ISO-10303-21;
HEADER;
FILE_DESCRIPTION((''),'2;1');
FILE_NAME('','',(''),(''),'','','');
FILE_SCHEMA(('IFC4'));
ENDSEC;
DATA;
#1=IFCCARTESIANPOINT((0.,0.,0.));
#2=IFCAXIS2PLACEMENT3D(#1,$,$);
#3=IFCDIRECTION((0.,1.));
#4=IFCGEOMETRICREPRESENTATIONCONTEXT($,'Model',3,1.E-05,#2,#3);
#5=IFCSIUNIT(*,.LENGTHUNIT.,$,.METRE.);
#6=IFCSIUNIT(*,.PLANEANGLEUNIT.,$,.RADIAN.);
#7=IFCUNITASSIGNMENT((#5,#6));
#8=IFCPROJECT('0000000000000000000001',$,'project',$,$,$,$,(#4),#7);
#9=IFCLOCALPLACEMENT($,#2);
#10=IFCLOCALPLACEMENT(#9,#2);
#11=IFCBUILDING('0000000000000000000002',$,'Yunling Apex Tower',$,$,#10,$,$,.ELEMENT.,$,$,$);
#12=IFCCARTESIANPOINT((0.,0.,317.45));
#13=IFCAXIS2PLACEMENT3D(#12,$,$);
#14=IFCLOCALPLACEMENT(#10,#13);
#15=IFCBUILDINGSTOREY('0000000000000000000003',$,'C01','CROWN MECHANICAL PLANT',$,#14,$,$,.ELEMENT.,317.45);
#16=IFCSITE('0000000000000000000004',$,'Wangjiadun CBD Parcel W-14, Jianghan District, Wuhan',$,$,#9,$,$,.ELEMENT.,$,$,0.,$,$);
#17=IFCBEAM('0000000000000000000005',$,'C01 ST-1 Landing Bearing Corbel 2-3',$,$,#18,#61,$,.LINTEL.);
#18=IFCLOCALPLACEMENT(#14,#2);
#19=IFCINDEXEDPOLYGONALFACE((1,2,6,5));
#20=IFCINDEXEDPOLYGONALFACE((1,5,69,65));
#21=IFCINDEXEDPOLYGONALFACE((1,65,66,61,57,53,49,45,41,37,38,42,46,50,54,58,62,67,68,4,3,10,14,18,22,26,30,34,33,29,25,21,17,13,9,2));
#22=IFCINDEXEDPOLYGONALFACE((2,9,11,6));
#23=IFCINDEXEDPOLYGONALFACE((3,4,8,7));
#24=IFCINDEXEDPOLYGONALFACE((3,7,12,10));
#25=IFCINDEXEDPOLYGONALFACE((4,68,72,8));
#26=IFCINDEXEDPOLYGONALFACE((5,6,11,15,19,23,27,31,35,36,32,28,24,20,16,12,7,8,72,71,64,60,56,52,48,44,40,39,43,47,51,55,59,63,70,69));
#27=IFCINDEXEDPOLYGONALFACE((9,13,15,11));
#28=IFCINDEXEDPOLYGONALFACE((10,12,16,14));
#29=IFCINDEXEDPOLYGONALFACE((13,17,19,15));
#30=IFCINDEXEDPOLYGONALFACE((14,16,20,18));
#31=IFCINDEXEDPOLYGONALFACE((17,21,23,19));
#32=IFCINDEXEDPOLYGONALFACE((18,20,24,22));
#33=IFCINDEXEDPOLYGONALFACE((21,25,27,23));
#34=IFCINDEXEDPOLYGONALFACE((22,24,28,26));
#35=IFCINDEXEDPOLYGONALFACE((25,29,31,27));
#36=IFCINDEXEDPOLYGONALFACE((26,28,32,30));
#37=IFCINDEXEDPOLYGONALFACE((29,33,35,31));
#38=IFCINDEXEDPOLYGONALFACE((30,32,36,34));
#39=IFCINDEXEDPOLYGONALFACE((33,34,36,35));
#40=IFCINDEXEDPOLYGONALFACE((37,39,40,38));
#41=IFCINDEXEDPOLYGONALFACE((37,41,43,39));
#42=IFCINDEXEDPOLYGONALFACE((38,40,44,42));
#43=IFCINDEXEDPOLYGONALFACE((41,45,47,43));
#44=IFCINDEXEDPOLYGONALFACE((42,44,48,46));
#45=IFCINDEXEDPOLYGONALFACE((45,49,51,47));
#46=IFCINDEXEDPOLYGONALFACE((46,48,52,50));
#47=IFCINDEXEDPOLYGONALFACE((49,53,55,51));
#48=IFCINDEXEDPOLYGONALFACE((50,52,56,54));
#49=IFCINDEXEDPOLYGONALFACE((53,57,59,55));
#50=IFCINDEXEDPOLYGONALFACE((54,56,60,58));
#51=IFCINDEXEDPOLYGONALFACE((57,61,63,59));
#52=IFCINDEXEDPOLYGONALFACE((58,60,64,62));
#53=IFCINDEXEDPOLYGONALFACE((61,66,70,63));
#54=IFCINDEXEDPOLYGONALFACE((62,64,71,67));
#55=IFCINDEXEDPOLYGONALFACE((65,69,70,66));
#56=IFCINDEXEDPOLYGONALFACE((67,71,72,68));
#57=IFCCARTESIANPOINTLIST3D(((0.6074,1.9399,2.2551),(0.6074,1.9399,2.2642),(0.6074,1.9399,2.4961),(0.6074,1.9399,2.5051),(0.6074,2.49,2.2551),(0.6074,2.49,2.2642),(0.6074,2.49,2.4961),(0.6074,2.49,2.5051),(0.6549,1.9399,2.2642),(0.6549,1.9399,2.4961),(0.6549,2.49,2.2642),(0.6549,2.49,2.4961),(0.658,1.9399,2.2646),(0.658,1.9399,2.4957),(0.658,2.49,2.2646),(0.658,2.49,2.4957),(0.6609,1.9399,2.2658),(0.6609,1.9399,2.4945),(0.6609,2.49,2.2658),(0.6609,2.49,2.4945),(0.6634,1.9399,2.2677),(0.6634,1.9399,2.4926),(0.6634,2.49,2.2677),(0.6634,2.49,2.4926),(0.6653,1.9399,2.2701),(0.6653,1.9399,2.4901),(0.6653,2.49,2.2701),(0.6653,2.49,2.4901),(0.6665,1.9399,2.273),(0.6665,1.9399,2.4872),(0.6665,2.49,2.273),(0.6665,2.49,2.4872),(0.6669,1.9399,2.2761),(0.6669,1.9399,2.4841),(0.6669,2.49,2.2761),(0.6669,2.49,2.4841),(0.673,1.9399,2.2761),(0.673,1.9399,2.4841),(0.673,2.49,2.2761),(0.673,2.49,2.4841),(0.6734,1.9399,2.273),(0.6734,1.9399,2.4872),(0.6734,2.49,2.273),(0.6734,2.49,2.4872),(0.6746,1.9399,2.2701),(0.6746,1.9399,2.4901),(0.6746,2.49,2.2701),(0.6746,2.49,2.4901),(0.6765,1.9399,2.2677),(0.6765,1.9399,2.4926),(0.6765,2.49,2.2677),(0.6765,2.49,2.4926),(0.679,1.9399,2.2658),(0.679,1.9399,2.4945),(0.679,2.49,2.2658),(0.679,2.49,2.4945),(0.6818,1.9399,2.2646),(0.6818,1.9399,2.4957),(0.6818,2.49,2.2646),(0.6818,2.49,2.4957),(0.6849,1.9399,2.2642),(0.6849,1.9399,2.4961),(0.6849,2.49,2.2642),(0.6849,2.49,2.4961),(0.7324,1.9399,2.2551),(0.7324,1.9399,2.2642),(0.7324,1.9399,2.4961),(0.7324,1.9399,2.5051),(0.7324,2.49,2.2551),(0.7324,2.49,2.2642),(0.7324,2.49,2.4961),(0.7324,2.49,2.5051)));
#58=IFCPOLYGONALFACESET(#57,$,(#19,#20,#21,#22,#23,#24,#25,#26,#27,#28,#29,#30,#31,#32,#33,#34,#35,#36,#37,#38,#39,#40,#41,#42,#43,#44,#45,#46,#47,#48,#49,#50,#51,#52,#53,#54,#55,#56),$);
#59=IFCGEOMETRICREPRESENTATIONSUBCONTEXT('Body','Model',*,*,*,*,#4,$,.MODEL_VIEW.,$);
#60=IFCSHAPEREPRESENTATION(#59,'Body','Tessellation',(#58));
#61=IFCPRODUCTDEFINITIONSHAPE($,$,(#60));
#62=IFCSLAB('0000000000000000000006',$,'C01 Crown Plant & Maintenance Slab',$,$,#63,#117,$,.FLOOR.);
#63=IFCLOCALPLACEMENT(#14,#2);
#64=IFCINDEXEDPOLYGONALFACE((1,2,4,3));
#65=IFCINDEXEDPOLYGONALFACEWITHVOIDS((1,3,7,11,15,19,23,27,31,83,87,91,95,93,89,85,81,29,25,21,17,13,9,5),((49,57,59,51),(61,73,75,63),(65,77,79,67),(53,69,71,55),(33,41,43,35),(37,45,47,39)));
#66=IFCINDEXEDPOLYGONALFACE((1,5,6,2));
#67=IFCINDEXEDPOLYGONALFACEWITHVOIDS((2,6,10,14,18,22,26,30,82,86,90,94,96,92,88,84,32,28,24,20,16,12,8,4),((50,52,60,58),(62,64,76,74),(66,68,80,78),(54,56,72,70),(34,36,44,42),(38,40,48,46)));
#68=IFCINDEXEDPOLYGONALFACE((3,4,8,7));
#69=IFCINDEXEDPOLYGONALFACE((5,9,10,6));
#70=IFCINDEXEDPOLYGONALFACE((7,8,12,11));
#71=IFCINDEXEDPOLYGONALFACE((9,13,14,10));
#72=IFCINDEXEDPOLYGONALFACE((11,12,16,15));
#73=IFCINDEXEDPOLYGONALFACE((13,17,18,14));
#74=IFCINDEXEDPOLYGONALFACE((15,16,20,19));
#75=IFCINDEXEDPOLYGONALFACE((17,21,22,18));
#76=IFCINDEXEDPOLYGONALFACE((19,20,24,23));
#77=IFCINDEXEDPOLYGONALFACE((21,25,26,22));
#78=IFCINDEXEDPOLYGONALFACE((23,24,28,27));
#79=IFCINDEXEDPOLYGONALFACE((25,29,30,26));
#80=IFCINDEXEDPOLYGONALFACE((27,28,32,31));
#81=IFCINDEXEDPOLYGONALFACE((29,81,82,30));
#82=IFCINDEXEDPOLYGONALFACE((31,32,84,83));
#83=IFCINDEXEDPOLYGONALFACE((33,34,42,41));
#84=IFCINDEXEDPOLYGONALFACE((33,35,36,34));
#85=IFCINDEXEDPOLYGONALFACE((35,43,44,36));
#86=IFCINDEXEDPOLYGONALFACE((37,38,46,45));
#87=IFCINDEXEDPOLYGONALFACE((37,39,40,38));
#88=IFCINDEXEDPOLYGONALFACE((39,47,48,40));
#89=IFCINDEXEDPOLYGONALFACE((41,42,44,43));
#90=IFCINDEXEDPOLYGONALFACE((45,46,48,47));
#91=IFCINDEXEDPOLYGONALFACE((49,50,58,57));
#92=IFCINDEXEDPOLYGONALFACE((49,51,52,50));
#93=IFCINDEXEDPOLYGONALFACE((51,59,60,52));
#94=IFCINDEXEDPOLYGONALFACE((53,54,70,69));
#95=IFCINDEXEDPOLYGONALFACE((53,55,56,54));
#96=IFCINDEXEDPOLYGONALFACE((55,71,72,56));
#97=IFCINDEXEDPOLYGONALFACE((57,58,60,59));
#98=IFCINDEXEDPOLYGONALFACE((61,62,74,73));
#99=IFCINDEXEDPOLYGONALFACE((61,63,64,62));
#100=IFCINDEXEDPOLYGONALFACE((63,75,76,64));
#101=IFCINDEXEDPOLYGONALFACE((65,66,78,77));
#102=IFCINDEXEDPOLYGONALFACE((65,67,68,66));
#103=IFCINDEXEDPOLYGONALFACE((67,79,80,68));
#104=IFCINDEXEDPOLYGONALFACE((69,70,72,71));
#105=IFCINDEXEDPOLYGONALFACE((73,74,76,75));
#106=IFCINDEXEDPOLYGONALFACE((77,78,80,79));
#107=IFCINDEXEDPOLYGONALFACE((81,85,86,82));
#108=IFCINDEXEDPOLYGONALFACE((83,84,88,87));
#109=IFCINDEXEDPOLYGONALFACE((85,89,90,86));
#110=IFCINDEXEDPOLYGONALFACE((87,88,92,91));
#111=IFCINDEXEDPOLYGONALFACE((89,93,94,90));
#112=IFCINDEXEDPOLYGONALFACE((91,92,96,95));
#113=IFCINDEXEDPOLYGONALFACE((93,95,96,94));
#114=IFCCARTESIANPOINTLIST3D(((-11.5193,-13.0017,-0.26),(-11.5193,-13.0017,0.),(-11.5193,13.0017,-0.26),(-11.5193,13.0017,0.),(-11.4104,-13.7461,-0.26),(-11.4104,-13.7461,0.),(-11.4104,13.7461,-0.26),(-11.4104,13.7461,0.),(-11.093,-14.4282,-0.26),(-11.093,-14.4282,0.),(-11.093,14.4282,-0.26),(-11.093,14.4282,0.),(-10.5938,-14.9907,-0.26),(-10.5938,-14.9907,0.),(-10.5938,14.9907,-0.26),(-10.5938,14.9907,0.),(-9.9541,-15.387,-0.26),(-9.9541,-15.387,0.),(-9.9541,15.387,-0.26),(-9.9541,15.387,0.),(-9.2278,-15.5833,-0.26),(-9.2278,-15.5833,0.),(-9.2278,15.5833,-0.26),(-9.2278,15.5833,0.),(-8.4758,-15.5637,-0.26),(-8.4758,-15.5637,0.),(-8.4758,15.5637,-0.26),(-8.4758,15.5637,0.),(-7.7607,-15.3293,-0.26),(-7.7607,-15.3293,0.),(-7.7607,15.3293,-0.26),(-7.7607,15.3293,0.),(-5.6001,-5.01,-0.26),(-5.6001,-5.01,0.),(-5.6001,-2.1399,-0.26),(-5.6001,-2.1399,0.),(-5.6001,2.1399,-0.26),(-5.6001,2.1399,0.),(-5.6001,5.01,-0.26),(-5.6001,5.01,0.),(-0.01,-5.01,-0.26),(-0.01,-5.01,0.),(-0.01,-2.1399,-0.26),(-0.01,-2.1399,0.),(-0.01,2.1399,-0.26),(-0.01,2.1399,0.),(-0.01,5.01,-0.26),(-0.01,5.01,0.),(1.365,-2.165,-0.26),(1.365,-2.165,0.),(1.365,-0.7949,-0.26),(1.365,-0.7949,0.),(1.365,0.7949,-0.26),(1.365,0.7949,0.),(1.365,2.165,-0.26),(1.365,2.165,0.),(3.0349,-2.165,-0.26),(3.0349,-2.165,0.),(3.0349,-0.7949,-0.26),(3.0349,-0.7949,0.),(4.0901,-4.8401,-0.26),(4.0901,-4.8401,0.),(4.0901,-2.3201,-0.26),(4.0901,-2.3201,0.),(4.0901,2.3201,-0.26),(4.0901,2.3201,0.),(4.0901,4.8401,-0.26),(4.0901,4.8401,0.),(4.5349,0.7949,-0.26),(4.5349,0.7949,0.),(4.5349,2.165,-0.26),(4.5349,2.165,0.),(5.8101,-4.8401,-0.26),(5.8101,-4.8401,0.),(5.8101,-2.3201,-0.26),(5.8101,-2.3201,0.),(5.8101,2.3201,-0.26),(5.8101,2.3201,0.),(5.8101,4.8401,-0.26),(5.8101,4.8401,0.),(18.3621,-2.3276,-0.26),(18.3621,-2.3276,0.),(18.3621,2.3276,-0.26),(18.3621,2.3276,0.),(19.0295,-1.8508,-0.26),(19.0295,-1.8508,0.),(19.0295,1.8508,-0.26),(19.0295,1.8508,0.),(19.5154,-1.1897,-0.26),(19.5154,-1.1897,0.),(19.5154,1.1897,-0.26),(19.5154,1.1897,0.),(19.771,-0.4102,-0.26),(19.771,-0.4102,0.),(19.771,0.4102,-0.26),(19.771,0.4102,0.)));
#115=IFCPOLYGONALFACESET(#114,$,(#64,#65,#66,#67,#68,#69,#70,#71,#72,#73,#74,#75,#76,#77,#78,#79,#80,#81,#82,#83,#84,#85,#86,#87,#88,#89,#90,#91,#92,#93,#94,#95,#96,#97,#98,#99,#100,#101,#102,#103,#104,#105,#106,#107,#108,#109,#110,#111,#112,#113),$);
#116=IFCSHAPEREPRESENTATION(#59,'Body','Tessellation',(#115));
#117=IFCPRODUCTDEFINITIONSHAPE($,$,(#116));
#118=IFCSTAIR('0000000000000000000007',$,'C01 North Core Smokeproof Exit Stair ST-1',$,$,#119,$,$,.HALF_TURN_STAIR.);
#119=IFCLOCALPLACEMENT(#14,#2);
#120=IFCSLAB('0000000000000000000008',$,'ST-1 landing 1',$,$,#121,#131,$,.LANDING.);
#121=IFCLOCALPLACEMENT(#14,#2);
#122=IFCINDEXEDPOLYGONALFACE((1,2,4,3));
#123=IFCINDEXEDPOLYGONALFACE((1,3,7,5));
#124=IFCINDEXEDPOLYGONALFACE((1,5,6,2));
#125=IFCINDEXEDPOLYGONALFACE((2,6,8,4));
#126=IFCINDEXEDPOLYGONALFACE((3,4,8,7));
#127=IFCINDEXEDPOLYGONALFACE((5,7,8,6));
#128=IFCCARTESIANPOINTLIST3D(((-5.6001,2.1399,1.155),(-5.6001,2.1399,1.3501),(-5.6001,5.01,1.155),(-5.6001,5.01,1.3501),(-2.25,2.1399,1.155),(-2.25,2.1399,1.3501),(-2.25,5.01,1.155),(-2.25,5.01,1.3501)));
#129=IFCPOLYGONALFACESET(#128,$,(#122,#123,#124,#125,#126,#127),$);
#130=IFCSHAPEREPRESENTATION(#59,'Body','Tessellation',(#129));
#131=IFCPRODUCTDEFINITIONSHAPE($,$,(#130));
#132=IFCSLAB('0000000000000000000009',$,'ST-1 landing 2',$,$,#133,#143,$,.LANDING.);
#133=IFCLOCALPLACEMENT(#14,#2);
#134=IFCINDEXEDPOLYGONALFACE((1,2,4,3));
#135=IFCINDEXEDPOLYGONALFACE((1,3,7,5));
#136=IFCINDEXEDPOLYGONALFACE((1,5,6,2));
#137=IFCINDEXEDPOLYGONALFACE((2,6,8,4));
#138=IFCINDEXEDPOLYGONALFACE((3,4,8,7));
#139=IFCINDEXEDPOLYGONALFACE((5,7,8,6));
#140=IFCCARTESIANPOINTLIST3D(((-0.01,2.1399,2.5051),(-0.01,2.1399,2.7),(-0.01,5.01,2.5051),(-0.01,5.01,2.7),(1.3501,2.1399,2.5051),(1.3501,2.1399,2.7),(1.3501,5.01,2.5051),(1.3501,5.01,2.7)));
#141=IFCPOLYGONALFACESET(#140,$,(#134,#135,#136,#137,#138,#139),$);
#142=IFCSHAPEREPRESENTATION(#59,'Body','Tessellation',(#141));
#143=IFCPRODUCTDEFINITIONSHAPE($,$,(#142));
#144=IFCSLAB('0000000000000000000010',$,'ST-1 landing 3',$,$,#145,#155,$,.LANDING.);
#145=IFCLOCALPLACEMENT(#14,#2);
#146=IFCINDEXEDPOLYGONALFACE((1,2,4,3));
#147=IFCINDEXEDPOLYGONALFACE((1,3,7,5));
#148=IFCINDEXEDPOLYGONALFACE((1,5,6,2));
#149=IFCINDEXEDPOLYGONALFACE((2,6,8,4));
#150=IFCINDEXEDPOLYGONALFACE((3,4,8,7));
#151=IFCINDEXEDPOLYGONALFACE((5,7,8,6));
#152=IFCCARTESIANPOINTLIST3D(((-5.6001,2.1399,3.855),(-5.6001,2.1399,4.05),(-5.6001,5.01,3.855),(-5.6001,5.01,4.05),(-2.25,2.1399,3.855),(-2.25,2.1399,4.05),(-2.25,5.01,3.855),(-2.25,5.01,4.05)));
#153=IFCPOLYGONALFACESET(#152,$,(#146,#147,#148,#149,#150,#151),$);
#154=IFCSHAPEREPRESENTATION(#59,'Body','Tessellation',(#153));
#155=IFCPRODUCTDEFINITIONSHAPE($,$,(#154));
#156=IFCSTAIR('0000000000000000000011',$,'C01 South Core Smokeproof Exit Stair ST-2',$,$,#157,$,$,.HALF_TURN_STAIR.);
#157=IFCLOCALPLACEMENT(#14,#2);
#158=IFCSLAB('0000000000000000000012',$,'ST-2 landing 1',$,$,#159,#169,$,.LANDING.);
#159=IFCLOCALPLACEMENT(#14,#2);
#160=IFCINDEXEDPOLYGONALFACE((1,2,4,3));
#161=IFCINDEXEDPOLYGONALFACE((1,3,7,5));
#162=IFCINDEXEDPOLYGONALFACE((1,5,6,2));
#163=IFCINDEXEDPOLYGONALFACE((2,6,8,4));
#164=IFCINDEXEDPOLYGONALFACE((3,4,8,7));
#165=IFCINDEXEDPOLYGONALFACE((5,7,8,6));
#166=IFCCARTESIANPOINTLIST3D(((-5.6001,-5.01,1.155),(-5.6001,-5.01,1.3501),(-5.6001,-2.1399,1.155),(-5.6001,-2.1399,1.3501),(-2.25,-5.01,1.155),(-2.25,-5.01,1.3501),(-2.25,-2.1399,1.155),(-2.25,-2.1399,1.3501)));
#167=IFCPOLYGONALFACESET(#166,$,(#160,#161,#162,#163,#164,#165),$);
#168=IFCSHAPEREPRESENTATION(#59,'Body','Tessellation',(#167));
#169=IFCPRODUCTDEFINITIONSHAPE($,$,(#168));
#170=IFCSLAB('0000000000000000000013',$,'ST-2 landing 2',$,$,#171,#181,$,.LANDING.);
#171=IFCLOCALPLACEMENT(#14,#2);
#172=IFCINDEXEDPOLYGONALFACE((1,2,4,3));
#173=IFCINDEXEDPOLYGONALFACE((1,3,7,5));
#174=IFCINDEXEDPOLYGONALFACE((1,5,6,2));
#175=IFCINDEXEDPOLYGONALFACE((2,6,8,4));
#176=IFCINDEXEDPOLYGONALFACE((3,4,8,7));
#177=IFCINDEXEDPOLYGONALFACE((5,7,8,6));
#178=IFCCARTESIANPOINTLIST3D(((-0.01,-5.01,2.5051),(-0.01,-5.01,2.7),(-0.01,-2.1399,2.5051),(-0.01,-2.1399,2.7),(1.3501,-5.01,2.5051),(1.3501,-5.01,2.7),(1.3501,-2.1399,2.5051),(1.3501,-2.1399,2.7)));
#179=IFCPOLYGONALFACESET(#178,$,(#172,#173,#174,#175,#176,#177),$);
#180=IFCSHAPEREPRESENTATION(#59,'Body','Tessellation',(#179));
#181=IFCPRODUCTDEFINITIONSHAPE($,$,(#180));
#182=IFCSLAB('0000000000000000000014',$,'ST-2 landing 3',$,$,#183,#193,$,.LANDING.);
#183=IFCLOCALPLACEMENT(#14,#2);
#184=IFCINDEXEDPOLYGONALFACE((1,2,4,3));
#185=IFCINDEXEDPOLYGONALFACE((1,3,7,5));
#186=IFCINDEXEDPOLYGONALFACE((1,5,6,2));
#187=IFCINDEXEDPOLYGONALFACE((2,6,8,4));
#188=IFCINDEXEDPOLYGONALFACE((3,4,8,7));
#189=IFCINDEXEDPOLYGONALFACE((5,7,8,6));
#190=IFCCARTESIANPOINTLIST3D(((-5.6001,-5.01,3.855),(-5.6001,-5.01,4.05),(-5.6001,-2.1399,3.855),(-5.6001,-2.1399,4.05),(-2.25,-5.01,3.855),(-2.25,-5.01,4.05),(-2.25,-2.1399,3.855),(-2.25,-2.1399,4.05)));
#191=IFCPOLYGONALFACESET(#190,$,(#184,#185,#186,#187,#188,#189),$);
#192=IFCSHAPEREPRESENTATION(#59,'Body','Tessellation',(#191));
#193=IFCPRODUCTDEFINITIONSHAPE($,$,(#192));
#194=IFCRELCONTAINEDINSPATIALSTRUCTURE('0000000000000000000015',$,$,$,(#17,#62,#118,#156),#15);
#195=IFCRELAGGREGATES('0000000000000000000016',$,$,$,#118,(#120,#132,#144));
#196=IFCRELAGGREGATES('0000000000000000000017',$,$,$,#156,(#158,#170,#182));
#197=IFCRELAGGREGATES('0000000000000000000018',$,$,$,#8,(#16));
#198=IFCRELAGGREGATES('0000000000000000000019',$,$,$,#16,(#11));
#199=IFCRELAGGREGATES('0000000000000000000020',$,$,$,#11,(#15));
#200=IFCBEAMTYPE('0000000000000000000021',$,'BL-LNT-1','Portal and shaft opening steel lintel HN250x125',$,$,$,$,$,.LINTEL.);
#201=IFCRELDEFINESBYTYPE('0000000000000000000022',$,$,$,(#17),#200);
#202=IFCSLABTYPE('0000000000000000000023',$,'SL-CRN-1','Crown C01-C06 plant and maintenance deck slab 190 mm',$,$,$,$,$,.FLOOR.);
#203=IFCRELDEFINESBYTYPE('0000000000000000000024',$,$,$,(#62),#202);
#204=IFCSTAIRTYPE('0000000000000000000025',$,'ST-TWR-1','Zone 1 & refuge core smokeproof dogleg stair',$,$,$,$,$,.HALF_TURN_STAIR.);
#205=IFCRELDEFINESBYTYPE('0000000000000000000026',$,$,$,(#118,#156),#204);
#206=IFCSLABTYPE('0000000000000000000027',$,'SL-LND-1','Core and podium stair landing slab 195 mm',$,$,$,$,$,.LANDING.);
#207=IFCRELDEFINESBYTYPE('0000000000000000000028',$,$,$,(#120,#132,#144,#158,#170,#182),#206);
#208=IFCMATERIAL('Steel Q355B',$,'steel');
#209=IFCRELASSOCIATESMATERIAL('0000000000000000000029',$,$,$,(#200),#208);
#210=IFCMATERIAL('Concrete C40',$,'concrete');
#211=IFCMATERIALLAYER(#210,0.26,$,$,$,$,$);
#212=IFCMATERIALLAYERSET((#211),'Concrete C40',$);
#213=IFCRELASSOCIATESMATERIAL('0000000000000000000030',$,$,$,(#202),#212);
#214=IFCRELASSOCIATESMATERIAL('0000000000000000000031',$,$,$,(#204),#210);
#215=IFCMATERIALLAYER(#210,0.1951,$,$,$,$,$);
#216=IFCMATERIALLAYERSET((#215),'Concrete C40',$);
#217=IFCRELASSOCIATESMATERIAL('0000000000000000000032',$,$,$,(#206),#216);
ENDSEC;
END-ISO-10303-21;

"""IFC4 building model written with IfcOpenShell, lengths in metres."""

from ifc_helpers import new_model, si_unit, direction, frame, origin, origin_2d, place, context, subcontext, project, spatial, polyline, i_section, outline, extrude, source, transform, mapped, material, layer, layer_set, material_profile, profile_set, type_object, element, aggregate, save


model = new_model("IFC4")

# Units and contexts
model_context = context("Model", 3, precision=1e-05, world=origin(), true_north=direction((0.0, 1.0)))
body_context = subcontext(model_context, "Body", "Model", "MODEL_VIEW")
ifc_project = project(units=[si_unit("LENGTHUNIT", "METRE"), si_unit("PLANEANGLEUNIT", "RADIAN")], contexts=[model_context])

# Site, building, storey
site_placement = place(None, origin())
site = spatial("IfcSite", under=ifc_project, at=site_placement, Name="Wangjiadun CBD Parcel W-14, Jianghan District, Wuhan", CompositionType="ELEMENT", RefElevation=0.0)
building_placement = place(site_placement, origin())
building = spatial("IfcBuilding", under=site, at=building_placement, Name="Yunling Apex Tower", CompositionType="ELEMENT")
storey_placement = place(building_placement, frame((0.0, 0.0, 317.45)))
storey = spatial("IfcBuildingStorey", under=building, at=storey_placement, Name="C01", Description="CROWN MECHANICAL PLANT", CompositionType="ELEMENT", Elevation=317.45)

# Beam
ifc_material_1 = material(Name="Steel Q355B", Category="steel")
ifc_material_profile = material_profile(ifc_material_1, i_section(OverallWidth=0.125, OverallDepth=0.25, WebThickness=0.0061, FlangeThickness=0.009, FilletRadius=0.012, at=origin_2d()))
ifc_profile_set = profile_set([ifc_material_profile], Name="Steel Q355B")
beam_type = type_object("IfcBeamType", Name="BL-LNT-1", Description="Portal and shaft opening steel lintel HN250x125", PredefinedType="LINTEL", material=ifc_profile_set)
shared_shape = source(origin(), body_context, "Body", "SweptSolid", [
    extrude(i_section(OverallWidth=0.125, OverallDepth=0.25, WebThickness=0.0061, FlangeThickness=0.009, FilletRadius=0.012, at=origin_2d()), origin(), (0.0, 0.0, 1.0), 0.55),
])
beam_placement = place(storey_placement, frame((0.6699, 1.9399, 2.3801), z_axis=(0.0, 1.0, 0.0), x_axis=(-1.0, 0.0, 0.0)))
element("IfcBeam", 1, at=beam_placement, inside=storey, type_object=beam_type, Name="C01 ST-1 Landing Bearing Corbel 2-3", PredefinedType="LINTEL", context=body_context, shape_type="MappedRepresentation", body=[
    mapped(shared_shape, transform((0.0, 0.0, 0.0), scale=1.0)),
])

# Slab
ifc_material_2 = material(Name="Concrete C40", Category="concrete")
ifc_layer_1 = layer(ifc_material_2, 0.26)
ifc_layer_set_1 = layer_set([ifc_layer_1], Name="Concrete C40")
slab_type_1 = type_object("IfcSlabType", Name="SL-CRN-1", Description="Crown C01-C06 plant and maintenance deck slab 190 mm", PredefinedType="FLOOR", material=ifc_layer_set_1)
slab_1_placement = place(storey_placement, frame((0.0, 0.0, -0.26)))
element("IfcSlab", 2, at=slab_1_placement, inside=storey, type_object=slab_type_1, Name="C01 Crown Plant & Maintenance Slab", PredefinedType="FLOOR", context=body_context, shape_type="SweptSolid", body=[
    extrude(outline(polyline([(-11.5193, -13.0017), (-11.4104, -13.7461), (-11.093, -14.4282), (-10.5938, -14.9907), (-9.9541, -15.387), (-9.2278, -15.5833), (-8.4758, -15.5637), (-7.7607, -15.3293), (18.3621, -2.3276), (19.0295, -1.8508), (19.5154, -1.1897), (19.771, -0.4102), (19.771, 0.4102), (19.5154, 1.1897), (19.0295, 1.8508), (18.3621, 2.3276), (-7.7607, 15.3293), (-8.4758, 15.5637), (-9.2278, 15.5833), (-9.9541, 15.387), (-10.5938, 14.9907), (-11.093, 14.4282), (-11.4104, 13.7461), (-11.5193, 13.0017), (-11.5193, -13.0017)]), holes=[polyline([(4.0901, 4.8401), (5.8101, 4.8401), (5.8101, 2.3201), (4.0901, 2.3201), (4.0901, 4.8401)]), polyline([(4.0901, -4.8401), (4.0901, -2.3201), (5.8101, -2.3201), (5.8101, -4.8401), (4.0901, -4.8401)]), polyline([(4.5349, 0.7949), (1.365, 0.7949), (1.365, 2.165), (4.5349, 2.165), (4.5349, 0.7949)]), polyline([(1.365, -0.7949), (3.0349, -0.7949), (3.0349, -2.165), (1.365, -2.165), (1.365, -0.7949)]), polyline([(-0.01, -5.01), (-5.6001, -5.01), (-5.6001, -2.1399), (-0.01, -2.1399), (-0.01, -5.01)]), polyline([(-0.01, 2.1399), (-5.6001, 2.1399), (-5.6001, 5.01), (-0.01, 5.01), (-0.01, 2.1399)])]), origin(), (0.0, 0.0, 1.0), 0.26),
])

# Stairs, slabs
stair_type = type_object("IfcStairType", Name="ST-TWR-1", Description="Zone 1 & refuge core smokeproof dogleg stair", PredefinedType="HALF_TURN_STAIR", material=ifc_material_2)
stair_1_placement = place(storey_placement, origin())
stair_1 = element("IfcStair", 3, at=stair_1_placement, inside=storey, type_object=stair_type, Name="C01 North Core Smokeproof Exit Stair ST-1", PredefinedType="HALF_TURN_STAIR")
ifc_layer_2 = layer(ifc_material_2, 0.1951)
ifc_layer_set_2 = layer_set([ifc_layer_2], Name="Concrete C40")
slab_type_2 = type_object("IfcSlabType", Name="SL-LND-1", Description="Core and podium stair landing slab 195 mm", PredefinedType="LANDING", material=ifc_layer_set_2)
slab_2_placement = place(storey_placement, frame((0.0, 0.0, 1.155)))
slab_2 = element("IfcSlab", 4, at=slab_2_placement, type_object=slab_type_2, Name="ST-1 landing 1", PredefinedType="LANDING", context=body_context, shape_type="SweptSolid", body=[
    extrude(outline(polyline([(-2.25, 5.01), (-5.6001, 5.01), (-5.6001, 2.1399), (-2.25, 2.1399), (-2.25, 5.01)])), origin(), (0.0, 0.0, 1.0), 0.1951),
])
slab_3_placement = place(storey_placement, frame((0.0, 0.0, 2.5051)))
slab_3 = element("IfcSlab", 5, at=slab_3_placement, type_object=slab_type_2, Name="ST-1 landing 2", PredefinedType="LANDING", context=body_context, shape_type="SweptSolid", body=[
    extrude(outline(polyline([(1.3501, 5.01), (-0.01, 5.01), (-0.01, 2.1399), (1.3501, 2.1399), (1.3501, 5.01)])), origin(), (0.0, 0.0, 1.0), 0.1948),
])
slab_4_placement = place(storey_placement, frame((0.0, 0.0, 3.855)))
slab_4 = element("IfcSlab", 6, at=slab_4_placement, type_object=slab_type_2, Name="ST-1 landing 3", PredefinedType="LANDING", context=body_context, shape_type="SweptSolid", body=[
    extrude(outline(polyline([(-2.25, 5.01), (-5.6001, 5.01), (-5.6001, 2.1399), (-2.25, 2.1399), (-2.25, 5.01)])), origin(), (0.0, 0.0, 1.0), 0.1951),
])
aggregate(stair_1, [slab_2, slab_3, slab_4])
stair_2_placement = place(storey_placement, origin())
stair_2 = element("IfcStair", 7, at=stair_2_placement, inside=storey, type_object=stair_type, Name="C01 South Core Smokeproof Exit Stair ST-2", PredefinedType="HALF_TURN_STAIR")
slab_5_placement = place(storey_placement, frame((0.0, 0.0, 1.155)))
slab_5 = element("IfcSlab", 8, at=slab_5_placement, type_object=slab_type_2, Name="ST-2 landing 1", PredefinedType="LANDING", context=body_context, shape_type="SweptSolid", body=[
    extrude(outline(polyline([(-2.25, -2.1399), (-5.6001, -2.1399), (-5.6001, -5.01), (-2.25, -5.01), (-2.25, -2.1399)])), origin(), (0.0, 0.0, 1.0), 0.1951),
])
slab_6_placement = place(storey_placement, frame((0.0, 0.0, 2.5051)))
slab_6 = element("IfcSlab", 9, at=slab_6_placement, type_object=slab_type_2, Name="ST-2 landing 2", PredefinedType="LANDING", context=body_context, shape_type="SweptSolid", body=[
    extrude(outline(polyline([(1.3501, -2.1399), (-0.01, -2.1399), (-0.01, -5.01), (1.3501, -5.01), (1.3501, -2.1399)])), origin(), (0.0, 0.0, 1.0), 0.1948),
])
slab_7_placement = place(storey_placement, frame((0.0, 0.0, 3.855)))
slab_7 = element("IfcSlab", 10, at=slab_7_placement, type_object=slab_type_2, Name="ST-2 landing 3", PredefinedType="LANDING", context=body_context, shape_type="SweptSolid", body=[
    extrude(outline(polyline([(-2.25, -2.1399), (-5.6001, -2.1399), (-5.6001, -5.01), (-2.25, -5.01), (-2.25, -2.1399)])), origin(), (0.0, 0.0, 1.0), 0.1951),
])
aggregate(stair_2, [slab_5, slab_6, slab_7])

save(model, "model.ifc")
